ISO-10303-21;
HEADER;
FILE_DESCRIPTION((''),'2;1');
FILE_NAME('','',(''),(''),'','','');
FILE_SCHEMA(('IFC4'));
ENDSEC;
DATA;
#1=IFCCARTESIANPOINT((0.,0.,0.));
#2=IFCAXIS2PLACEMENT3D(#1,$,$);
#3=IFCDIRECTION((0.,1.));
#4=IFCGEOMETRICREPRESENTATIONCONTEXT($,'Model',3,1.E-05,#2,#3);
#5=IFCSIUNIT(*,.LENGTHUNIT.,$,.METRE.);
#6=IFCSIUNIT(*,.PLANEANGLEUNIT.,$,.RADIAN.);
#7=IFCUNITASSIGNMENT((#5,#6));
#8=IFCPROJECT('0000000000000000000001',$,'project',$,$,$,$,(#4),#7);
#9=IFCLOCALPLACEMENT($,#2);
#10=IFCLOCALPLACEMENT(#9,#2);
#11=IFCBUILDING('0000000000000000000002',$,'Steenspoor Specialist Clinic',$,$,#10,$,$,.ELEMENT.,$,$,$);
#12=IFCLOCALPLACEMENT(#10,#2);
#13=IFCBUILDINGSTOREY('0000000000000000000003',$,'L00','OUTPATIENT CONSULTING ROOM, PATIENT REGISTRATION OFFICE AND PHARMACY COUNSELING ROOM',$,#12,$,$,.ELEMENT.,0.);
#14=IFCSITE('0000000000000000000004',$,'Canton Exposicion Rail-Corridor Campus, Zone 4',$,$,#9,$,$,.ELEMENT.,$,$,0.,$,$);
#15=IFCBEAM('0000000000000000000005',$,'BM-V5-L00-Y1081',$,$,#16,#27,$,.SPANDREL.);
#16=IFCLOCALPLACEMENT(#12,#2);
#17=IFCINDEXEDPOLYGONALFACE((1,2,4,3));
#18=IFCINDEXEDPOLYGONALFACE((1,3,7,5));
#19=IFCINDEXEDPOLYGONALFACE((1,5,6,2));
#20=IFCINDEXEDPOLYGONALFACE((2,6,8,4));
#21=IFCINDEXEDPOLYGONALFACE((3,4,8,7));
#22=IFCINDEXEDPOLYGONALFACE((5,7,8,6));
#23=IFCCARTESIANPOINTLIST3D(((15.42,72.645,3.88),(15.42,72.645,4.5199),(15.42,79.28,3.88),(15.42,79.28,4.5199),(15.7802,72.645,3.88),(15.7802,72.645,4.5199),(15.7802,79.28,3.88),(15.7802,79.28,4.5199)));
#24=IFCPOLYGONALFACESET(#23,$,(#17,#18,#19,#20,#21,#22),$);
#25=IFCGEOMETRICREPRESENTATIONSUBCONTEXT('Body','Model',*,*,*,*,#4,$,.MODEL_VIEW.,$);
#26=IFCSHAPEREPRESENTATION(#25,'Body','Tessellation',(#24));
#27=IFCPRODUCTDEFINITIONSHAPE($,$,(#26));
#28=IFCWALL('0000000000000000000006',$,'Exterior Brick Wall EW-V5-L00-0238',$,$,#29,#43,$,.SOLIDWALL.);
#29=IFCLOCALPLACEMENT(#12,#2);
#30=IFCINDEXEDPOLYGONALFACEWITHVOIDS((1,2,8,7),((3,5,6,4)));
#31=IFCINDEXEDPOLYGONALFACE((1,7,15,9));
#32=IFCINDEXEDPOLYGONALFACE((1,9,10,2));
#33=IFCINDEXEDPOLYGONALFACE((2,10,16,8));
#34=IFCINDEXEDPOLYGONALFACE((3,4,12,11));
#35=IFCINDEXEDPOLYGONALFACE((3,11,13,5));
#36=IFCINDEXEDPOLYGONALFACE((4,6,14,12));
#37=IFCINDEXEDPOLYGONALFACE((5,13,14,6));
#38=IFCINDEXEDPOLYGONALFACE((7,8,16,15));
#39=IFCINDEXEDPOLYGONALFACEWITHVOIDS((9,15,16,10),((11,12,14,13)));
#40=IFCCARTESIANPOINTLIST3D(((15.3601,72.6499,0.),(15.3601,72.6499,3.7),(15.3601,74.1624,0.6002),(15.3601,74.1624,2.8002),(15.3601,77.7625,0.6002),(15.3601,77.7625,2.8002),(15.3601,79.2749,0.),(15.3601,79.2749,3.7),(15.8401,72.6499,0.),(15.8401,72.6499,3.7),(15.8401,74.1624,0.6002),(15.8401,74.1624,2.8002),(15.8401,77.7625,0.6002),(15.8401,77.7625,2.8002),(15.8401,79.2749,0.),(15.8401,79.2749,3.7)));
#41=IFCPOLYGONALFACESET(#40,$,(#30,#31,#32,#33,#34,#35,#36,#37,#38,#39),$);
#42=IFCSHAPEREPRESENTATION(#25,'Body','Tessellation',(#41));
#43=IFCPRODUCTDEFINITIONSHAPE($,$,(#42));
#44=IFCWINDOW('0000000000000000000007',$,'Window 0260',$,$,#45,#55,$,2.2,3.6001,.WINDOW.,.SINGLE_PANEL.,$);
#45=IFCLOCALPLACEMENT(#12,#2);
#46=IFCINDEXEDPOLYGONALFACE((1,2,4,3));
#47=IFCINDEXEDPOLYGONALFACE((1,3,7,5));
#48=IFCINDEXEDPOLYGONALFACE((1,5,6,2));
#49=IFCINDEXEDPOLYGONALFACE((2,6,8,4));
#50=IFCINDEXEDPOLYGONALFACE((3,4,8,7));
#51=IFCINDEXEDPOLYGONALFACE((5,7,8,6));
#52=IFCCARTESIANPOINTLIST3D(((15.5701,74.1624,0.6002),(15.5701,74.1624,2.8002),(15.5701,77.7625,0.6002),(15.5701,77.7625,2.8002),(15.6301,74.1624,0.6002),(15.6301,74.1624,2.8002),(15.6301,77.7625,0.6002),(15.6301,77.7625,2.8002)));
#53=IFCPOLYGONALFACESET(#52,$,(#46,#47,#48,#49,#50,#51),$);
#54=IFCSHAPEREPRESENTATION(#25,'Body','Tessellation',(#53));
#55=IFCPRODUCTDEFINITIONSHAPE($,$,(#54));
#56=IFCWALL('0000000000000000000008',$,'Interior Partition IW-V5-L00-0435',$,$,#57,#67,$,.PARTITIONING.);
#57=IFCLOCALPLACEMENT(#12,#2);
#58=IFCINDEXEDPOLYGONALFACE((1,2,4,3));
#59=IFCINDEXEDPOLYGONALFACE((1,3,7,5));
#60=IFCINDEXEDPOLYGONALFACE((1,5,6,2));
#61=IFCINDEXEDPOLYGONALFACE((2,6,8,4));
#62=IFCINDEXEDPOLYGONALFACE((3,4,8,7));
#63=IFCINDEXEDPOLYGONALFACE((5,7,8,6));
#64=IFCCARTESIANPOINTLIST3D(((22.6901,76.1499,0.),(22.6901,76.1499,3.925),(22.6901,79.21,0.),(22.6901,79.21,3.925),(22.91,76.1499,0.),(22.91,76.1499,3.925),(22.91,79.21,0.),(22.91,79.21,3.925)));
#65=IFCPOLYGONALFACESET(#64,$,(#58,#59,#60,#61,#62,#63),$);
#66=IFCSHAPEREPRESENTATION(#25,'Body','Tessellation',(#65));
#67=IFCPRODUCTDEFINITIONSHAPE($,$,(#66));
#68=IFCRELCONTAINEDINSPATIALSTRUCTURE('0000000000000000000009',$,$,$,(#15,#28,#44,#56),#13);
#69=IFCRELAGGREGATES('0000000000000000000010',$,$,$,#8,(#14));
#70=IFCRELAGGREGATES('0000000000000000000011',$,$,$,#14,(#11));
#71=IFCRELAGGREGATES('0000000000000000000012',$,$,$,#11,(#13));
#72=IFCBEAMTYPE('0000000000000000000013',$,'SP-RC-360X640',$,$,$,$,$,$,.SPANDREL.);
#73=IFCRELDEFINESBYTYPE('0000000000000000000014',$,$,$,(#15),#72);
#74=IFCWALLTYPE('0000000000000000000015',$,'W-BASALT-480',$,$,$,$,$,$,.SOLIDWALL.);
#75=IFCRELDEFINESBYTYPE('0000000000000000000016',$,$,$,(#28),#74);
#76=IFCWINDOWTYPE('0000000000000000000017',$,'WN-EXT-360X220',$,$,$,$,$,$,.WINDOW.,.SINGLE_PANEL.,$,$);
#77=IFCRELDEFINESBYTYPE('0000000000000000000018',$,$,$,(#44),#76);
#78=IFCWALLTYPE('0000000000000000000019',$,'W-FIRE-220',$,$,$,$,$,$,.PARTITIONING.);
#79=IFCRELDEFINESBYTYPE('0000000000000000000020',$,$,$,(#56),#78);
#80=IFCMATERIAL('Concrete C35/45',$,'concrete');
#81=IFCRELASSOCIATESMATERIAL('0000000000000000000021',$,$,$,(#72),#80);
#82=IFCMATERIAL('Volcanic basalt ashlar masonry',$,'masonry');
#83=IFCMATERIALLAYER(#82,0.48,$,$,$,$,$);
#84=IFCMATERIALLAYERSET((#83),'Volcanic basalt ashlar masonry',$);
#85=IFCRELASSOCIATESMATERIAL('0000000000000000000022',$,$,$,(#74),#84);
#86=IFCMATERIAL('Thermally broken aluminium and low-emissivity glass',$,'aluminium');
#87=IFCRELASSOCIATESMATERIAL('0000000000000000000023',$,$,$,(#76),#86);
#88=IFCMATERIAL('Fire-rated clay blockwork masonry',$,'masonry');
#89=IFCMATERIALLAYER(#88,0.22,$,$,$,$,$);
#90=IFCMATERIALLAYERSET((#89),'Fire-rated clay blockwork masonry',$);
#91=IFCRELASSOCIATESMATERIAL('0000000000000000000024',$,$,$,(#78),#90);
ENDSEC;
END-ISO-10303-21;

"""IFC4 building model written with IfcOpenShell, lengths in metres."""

from ifc_helpers import new_model, si_unit, direction, frame, frame_2d, origin, origin_2d, place, context, subcontext, project, spatial, rectangle, extrude, material, layer, layer_set, material_profile, profile_set, type_object, element, fill, save


model = new_model("IFC4")

# Units and contexts
model_context = context("Model", 3, precision=1e-05, world=origin(), true_north=direction((0.0, 1.0)))
body_context = subcontext(model_context, "Body", "Model", "MODEL_VIEW")
ifc_project = project(units=[si_unit("LENGTHUNIT", "METRE"), si_unit("PLANEANGLEUNIT", "RADIAN")], contexts=[model_context])

# Site, building, storey
site_placement = place(None, origin())
site = spatial("IfcSite", under=ifc_project, at=site_placement, Name="Canton Exposicion Rail-Corridor Campus, Zone 4", CompositionType="ELEMENT", RefElevation=0.0)
building_placement = place(site_placement, origin())
building = spatial("IfcBuilding", under=site, at=building_placement, Name="Steenspoor Specialist Clinic", CompositionType="ELEMENT")
storey_placement = place(building_placement, origin())
storey = spatial("IfcBuildingStorey", under=building, at=storey_placement, Name="L00", Description="OUTPATIENT CONSULTING ROOM, PATIENT REGISTRATION OFFICE AND PHARMACY COUNSELING ROOM", CompositionType="ELEMENT", Elevation=0.0)

# Shared definitions
ifc_material_1 = material(Name="Concrete C35/45", Category="concrete")

# Beam
ifc_material_profile_1 = material_profile(ifc_material_1, rectangle(XDim=0.3601, YDim=0.6399, at=origin_2d()), Name="RC-SP-360X640")
ifc_profile_set_1 = profile_set([ifc_material_profile_1], Name="Concrete C35/45")
beam_type_1 = type_object("IfcBeamType", Name="SP-RC-360X640", PredefinedType="SPANDREL", material=ifc_profile_set_1)
beam_1_placement = place(storey_placement, frame((15.6001, 72.645, 4.2), z_axis=(0.0, 1.0, 0.0), x_axis=(-1.0, 0.0, 0.0)))
element("IfcBeam", 1, at=beam_1_placement, inside=storey, type_object=beam_type_1, Name="BM-V5-L00-Y1081", PredefinedType="SPANDREL", context=body_context, shape_type="SweptSolid", body=[
    extrude(rectangle(XDim=0.3601, YDim=0.6399, at=origin_2d()), origin(), (0.0, 0.0, 1.0), 6.635),
])

# Wall, opening, window
ifc_material_2 = material(Name="Volcanic basalt ashlar masonry", Category="masonry")
ifc_layer_1 = layer(ifc_material_2, 0.48)
ifc_layer_set_1 = layer_set([ifc_layer_1], Name="Volcanic basalt ashlar masonry")
wall_type_1 = type_object("IfcWallType", Name="W-BASALT-480", PredefinedType="SOLIDWALL", material=ifc_layer_set_1)
wall_1_placement = place(storey_placement, frame((15.6001, 72.6499, 0.0), z_axis=(0.0, 0.0, 1.0), x_axis=(0.0, 1.0, 0.0)))
wall_1 = element("IfcWall", 2, at=wall_1_placement, inside=storey, type_object=wall_type_1, Name="Exterior Brick Wall EW-V5-L00-0238", PredefinedType="SOLIDWALL", context=body_context, shape_type="SweptSolid", body=[
    extrude(rectangle(XDim=6.625, YDim=0.48, at=frame_2d((3.3125, 0.0))), origin(), (0.0, 0.0, 1.0), 3.7),
])
opening_placement = place(wall_1_placement, frame((1.5125, 0.0, 0.6001)))
opening = element("IfcOpeningElement", 3, at=opening_placement, cuts=wall_1, PredefinedType="OPENING", context=body_context, shape_type="SweptSolid", body=[
    extrude(rectangle(XDim=3.6001, YDim=2.2, at=frame_2d((1.8, 1.1001))), frame((0.0, 0.25, 0.0), z_axis=(0.0, -1.0, 0.0), x_axis=(1.0, 0.0, 0.0)), (0.0, 0.0, 1.0), 0.5),
])
ifc_material_3 = material(Name="Thermally broken aluminium and low-emissivity glass", Category="aluminium")
window_type = type_object("IfcWindowType", Name="WN-EXT-360X220", PartitioningType="SINGLE_PANEL", PredefinedType="WINDOW", material=ifc_material_3)
window_placement = place(opening_placement, origin())
window = element("IfcWindow", 4, at=window_placement, inside=storey, type_object=window_type, Name="Window 0260", OverallHeight=2.2, OverallWidth=3.6001, PartitioningType="SINGLE_PANEL", PredefinedType="WINDOW", context=body_context, shape_type="SweptSolid", body=[
    extrude(rectangle(XDim=3.6001, YDim=2.2, at=frame_2d((1.8, 1.1001))), frame((0.0, 0.03, 0.0), z_axis=(0.0, -1.0, 0.0), x_axis=(1.0, 0.0, 0.0)), (0.0, 0.0, 1.0), 0.0601),
])
fill(opening, window)

# Wall
ifc_material_4 = material(Name="Fire-rated clay blockwork masonry", Category="masonry")
ifc_layer_2 = layer(ifc_material_4, 0.22)
ifc_layer_set_2 = layer_set([ifc_layer_2], Name="Fire-rated clay blockwork masonry")
wall_type_2 = type_object("IfcWallType", Name="W-FIRE-220", PredefinedType="PARTITIONING", material=ifc_layer_set_2)
wall_2_placement = place(storey_placement, frame((22.8, 76.1499, 0.0), z_axis=(0.0, 0.0, 1.0), x_axis=(0.0, 1.0, 0.0)))
element("IfcWall", 5, at=wall_2_placement, inside=storey, type_object=wall_type_2, Name="Interior Partition IW-V5-L00-0435", PredefinedType="PARTITIONING", context=body_context, shape_type="SweptSolid", body=[
    extrude(rectangle(XDim=3.0601, YDim=0.22, at=frame_2d((1.53, 0.0))), origin(), (0.0, 0.0, 1.0), 3.925),
])

save(model, "model.ifc")
